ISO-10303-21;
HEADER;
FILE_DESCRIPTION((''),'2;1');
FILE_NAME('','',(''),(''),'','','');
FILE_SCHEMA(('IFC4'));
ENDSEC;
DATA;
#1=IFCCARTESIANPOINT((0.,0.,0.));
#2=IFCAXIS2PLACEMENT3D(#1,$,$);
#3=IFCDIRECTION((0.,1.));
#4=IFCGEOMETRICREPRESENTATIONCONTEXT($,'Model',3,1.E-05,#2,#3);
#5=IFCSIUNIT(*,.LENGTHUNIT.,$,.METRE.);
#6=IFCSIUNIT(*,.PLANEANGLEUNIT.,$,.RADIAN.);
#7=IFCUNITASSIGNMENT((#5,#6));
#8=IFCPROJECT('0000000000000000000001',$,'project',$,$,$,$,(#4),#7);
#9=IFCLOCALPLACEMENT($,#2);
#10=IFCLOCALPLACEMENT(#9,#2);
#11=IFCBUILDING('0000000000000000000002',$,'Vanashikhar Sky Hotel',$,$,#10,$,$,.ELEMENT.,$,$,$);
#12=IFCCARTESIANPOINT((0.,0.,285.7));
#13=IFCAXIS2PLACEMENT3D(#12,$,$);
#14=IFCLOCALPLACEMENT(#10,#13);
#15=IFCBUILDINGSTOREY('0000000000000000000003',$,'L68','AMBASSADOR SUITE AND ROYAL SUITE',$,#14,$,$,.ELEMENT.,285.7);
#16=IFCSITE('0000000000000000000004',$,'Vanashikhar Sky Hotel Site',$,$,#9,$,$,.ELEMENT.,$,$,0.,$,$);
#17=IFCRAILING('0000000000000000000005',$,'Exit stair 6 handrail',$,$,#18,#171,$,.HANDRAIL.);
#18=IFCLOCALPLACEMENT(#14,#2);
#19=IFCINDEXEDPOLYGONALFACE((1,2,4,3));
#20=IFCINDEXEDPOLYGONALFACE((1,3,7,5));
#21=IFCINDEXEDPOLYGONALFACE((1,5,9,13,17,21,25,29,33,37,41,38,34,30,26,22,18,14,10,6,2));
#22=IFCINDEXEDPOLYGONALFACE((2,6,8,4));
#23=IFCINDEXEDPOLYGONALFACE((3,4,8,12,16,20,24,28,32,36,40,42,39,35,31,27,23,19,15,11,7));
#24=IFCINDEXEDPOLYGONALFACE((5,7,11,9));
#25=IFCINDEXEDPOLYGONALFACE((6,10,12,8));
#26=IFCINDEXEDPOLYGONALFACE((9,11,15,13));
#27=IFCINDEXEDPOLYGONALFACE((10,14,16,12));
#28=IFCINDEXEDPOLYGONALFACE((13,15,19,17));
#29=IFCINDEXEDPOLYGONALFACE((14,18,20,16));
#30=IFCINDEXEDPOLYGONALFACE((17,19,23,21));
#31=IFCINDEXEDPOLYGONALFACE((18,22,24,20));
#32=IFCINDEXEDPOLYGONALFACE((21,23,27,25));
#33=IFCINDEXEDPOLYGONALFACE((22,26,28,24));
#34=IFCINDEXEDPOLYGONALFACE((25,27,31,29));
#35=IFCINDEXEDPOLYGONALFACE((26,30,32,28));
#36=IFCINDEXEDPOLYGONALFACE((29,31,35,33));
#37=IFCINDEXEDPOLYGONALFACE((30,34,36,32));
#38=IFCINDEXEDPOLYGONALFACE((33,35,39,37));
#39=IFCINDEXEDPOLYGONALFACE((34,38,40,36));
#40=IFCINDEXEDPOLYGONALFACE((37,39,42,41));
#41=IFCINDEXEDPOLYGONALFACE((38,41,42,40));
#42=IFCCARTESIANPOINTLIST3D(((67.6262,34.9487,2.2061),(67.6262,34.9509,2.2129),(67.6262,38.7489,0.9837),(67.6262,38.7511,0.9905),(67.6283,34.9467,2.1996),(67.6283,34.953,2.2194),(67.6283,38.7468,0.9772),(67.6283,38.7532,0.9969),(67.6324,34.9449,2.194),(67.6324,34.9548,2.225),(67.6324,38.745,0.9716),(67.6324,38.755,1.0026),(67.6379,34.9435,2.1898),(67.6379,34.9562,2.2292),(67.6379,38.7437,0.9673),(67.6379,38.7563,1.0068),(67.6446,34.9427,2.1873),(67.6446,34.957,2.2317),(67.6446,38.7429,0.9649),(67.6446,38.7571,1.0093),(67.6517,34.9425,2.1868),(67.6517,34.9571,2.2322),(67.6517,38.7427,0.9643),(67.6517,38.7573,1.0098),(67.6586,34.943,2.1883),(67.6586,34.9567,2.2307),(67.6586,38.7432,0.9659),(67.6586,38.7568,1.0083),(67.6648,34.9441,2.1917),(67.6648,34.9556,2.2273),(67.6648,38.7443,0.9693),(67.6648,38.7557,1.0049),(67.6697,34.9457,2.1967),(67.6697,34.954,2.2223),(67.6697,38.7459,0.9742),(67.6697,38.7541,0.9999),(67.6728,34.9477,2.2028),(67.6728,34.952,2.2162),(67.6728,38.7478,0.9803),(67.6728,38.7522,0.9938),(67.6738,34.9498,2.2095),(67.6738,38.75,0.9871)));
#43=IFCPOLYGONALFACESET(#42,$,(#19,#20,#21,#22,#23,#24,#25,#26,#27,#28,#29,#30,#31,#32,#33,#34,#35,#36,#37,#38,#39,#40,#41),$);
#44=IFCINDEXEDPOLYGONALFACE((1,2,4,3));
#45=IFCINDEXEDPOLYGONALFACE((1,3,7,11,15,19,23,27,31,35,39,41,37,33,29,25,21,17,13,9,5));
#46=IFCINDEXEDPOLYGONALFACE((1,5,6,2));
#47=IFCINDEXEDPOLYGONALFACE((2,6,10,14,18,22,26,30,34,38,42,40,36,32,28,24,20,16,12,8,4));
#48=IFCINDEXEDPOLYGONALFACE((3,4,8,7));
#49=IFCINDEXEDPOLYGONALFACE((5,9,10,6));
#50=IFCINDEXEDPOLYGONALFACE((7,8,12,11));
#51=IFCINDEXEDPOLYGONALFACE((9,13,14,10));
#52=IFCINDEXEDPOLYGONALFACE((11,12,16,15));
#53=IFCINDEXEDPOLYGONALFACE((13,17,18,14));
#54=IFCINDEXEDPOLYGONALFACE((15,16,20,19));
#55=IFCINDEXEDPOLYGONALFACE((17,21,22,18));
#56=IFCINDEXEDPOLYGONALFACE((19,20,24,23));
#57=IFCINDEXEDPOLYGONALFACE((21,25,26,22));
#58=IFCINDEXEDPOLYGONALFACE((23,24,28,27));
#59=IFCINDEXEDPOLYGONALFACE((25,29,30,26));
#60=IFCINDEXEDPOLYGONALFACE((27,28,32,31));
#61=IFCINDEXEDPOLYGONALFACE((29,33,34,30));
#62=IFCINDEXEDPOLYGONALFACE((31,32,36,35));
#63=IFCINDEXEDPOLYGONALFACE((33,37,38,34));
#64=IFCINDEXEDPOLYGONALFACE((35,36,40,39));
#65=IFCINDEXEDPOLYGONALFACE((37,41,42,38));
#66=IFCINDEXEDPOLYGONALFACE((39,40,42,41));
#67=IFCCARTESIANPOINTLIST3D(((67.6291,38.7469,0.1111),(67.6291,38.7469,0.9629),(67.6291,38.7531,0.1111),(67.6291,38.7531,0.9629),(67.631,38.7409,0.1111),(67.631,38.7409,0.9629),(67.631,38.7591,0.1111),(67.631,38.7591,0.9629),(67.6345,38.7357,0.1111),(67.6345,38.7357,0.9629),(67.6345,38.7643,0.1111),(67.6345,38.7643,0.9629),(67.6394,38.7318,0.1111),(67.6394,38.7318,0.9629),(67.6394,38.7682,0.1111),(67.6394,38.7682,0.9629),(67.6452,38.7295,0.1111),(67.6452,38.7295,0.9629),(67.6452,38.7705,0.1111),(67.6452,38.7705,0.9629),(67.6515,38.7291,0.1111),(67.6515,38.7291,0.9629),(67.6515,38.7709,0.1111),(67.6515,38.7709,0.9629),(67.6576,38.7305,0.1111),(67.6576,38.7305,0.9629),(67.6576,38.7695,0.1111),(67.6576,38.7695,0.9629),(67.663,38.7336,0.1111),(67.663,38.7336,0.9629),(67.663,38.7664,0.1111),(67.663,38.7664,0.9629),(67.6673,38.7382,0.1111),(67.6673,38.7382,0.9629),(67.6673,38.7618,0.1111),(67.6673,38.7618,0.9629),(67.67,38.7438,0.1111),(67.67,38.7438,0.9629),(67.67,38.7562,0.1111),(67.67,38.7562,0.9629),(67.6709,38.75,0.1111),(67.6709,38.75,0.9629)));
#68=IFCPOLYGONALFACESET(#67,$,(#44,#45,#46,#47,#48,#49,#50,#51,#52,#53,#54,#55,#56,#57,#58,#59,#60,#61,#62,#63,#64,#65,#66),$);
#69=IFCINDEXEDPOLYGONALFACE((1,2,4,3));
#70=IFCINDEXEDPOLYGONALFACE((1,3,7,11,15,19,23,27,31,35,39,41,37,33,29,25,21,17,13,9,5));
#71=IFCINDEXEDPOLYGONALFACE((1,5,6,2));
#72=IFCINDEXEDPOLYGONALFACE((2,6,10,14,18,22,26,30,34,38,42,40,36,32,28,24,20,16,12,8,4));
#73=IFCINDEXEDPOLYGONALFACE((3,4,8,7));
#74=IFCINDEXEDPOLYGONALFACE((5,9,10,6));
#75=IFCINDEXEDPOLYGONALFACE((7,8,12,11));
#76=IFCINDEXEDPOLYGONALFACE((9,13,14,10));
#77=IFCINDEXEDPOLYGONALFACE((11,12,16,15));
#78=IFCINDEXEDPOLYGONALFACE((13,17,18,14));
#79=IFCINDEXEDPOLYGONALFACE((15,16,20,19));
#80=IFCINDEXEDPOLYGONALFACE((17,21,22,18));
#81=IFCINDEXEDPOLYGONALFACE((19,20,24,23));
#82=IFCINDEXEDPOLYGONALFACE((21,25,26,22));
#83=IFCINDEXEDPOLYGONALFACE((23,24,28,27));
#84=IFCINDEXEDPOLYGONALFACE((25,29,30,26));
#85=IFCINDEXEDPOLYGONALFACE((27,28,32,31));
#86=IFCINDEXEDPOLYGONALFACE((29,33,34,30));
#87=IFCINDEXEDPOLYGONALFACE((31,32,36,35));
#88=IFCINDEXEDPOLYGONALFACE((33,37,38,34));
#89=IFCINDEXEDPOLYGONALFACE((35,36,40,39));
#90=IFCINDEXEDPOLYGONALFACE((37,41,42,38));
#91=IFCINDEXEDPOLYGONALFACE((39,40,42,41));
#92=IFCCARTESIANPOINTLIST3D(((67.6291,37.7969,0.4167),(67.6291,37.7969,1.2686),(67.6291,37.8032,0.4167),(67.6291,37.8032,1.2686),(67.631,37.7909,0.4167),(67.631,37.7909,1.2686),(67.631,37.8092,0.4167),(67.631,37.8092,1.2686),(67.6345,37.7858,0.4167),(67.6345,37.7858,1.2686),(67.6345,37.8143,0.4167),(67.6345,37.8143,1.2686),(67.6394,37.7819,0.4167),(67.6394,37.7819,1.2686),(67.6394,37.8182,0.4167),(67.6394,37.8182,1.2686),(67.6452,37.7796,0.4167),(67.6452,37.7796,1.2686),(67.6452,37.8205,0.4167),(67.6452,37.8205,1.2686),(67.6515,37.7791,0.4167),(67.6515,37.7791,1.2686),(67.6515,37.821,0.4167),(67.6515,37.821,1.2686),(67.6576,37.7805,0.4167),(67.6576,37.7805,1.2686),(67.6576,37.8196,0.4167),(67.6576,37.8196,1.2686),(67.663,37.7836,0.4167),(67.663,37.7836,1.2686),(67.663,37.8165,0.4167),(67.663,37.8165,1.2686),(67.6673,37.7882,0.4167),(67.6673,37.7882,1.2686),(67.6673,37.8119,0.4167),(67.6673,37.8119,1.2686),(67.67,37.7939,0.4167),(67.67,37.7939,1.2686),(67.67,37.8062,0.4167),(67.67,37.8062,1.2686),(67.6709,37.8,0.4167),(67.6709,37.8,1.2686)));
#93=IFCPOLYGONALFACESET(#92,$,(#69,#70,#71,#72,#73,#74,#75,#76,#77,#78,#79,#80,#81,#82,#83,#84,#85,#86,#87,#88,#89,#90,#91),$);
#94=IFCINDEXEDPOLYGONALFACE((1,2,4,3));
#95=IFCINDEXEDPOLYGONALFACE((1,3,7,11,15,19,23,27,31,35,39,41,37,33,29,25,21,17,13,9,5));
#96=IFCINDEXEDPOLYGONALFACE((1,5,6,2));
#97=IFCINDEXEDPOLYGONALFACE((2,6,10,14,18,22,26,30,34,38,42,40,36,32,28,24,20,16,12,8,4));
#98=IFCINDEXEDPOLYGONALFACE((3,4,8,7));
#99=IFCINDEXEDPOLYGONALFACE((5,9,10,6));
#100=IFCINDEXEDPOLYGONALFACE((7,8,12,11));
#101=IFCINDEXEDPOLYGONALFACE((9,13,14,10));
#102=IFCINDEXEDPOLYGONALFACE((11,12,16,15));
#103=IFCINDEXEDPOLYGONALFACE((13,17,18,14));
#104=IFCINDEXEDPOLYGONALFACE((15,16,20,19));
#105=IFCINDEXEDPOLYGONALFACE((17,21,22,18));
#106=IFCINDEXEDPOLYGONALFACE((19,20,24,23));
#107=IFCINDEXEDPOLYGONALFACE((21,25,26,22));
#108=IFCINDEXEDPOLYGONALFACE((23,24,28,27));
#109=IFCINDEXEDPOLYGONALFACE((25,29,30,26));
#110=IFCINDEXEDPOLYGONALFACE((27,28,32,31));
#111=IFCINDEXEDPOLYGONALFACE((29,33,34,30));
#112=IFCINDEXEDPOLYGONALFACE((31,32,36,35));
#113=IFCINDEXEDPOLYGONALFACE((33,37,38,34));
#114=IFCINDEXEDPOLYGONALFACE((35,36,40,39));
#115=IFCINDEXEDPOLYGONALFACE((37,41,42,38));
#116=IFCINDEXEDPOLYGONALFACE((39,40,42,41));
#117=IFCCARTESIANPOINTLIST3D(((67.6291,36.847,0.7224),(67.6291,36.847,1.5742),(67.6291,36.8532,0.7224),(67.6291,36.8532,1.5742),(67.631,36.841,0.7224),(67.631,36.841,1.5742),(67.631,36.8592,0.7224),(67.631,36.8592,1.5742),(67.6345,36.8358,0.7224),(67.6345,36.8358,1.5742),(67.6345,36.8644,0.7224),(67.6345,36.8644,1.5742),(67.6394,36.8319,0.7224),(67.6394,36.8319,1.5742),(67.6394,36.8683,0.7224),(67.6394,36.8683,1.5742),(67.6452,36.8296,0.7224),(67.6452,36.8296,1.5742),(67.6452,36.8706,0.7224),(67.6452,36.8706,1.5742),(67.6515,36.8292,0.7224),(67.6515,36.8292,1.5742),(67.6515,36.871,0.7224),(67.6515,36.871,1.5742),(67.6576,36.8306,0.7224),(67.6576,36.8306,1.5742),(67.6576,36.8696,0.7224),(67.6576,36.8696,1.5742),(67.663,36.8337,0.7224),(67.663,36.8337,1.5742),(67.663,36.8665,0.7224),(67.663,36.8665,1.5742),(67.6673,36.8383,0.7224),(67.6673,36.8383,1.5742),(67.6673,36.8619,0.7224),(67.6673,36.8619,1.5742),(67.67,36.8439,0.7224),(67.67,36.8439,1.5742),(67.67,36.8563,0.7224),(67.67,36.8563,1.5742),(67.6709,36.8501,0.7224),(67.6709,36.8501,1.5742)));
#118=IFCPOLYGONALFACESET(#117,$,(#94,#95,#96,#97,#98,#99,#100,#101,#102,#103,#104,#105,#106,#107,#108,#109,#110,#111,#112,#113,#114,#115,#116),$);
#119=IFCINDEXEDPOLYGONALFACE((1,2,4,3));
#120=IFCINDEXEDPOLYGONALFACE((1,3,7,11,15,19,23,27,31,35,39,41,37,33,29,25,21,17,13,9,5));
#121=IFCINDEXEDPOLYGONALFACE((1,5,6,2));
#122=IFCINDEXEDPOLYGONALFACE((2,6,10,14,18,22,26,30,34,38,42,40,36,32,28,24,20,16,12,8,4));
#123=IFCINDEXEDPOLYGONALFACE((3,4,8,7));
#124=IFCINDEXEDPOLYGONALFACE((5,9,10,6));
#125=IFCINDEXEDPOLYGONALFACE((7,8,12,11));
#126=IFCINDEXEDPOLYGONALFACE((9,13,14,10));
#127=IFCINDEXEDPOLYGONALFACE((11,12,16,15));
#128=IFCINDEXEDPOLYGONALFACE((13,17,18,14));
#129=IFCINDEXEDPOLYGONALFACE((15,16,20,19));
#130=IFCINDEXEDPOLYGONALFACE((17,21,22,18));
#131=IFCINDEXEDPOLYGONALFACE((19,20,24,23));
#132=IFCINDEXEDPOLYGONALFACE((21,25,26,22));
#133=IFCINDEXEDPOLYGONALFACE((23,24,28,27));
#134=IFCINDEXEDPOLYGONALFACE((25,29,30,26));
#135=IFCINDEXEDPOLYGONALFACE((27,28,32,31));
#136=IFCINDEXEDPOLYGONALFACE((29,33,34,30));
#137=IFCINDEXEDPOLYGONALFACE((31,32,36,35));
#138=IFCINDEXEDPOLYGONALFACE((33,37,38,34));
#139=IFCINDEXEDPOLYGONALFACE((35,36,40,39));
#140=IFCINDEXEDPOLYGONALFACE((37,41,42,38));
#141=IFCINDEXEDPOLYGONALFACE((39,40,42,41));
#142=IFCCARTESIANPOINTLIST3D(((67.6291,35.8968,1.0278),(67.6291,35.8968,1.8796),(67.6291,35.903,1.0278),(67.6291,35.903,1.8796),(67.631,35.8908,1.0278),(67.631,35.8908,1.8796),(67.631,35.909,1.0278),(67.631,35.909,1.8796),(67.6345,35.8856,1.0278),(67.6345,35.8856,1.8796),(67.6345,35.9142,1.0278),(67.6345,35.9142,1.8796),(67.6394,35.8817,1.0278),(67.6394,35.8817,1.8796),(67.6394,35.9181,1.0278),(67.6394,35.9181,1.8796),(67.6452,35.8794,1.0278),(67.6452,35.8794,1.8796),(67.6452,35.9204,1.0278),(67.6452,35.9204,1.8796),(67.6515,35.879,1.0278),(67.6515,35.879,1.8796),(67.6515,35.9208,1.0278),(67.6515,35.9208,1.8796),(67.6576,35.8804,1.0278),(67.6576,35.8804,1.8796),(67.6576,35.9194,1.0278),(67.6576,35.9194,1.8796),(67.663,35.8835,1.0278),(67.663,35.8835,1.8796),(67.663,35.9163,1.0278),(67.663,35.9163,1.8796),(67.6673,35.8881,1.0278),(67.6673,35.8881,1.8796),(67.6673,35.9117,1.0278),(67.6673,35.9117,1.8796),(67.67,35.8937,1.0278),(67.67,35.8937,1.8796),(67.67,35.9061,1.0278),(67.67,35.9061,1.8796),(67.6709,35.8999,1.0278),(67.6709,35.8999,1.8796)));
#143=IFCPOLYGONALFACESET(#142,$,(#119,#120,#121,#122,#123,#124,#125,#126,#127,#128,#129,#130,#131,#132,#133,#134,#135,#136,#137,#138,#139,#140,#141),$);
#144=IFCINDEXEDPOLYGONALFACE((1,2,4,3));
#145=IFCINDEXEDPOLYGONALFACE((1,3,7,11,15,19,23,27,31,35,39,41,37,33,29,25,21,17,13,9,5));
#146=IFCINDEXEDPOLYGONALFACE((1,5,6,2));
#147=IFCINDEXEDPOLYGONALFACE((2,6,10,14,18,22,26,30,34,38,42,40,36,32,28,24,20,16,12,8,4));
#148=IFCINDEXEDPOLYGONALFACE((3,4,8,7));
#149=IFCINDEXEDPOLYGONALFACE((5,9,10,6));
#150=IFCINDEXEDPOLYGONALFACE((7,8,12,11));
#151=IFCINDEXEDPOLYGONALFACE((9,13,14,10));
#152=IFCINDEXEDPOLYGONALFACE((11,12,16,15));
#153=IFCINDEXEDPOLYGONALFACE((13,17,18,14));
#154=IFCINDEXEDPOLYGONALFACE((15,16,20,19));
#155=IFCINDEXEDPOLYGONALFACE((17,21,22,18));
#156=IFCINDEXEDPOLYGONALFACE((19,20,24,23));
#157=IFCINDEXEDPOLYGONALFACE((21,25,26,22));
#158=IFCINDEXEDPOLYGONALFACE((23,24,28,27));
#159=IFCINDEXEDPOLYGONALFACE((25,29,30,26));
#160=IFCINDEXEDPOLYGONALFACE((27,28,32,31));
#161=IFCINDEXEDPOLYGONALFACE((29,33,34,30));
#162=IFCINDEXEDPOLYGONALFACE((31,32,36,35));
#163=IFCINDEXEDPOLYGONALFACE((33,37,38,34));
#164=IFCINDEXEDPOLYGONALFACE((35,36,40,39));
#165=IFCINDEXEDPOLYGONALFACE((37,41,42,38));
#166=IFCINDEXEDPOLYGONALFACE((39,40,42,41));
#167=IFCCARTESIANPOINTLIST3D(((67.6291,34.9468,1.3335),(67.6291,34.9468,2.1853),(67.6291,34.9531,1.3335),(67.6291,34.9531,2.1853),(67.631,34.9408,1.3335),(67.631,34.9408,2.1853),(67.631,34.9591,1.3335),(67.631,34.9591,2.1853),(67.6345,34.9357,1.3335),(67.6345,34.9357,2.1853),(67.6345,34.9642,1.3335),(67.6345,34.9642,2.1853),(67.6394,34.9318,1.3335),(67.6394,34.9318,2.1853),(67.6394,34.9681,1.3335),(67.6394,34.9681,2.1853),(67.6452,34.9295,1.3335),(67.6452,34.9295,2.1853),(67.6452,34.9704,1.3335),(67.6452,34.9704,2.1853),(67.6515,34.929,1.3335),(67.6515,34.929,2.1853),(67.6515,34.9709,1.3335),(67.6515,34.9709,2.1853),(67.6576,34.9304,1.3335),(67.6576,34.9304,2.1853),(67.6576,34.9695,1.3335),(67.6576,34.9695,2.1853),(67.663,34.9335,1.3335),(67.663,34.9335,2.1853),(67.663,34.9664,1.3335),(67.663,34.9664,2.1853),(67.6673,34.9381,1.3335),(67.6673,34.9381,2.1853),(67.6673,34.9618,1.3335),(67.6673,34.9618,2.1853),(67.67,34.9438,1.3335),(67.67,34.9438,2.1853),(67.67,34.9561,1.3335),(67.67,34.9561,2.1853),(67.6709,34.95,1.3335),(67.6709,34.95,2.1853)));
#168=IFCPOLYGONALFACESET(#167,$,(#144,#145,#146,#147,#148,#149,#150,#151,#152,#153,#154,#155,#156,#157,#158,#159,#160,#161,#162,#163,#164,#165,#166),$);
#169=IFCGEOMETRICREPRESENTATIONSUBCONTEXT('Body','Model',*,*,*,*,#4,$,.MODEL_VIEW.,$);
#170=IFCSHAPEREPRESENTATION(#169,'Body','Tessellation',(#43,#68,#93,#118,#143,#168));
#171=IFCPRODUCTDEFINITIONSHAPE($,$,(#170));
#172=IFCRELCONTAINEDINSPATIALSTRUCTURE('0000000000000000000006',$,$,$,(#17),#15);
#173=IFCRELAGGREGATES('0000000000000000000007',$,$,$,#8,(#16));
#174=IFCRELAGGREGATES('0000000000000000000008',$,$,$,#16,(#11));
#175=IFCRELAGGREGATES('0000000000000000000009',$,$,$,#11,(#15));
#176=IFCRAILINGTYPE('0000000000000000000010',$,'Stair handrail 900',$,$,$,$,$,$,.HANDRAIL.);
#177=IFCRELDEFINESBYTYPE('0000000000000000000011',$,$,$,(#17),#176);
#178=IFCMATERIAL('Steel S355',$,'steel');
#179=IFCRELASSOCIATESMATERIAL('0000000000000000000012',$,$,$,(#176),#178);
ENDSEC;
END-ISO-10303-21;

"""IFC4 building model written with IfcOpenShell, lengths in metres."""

from ifc_helpers import new_model, si_unit, direction, frame, origin, origin_2d, place, context, subcontext, project, spatial, circle, extrude, source, transform, mapped, material, type_object, element, save


model = new_model("IFC4")

# Units and contexts
model_context = context("Model", 3, precision=1e-05, world=origin(), true_north=direction((0.0, 1.0)))
body_context = subcontext(model_context, "Body", "Model", "MODEL_VIEW")
ifc_project = project(units=[si_unit("LENGTHUNIT", "METRE"), si_unit("PLANEANGLEUNIT", "RADIAN")], contexts=[model_context])

# Site, building, storey
site_placement = place(None, origin())
site = spatial("IfcSite", under=ifc_project, at=site_placement, Name="Vanashikhar Sky Hotel Site", CompositionType="ELEMENT", RefElevation=0.0)
building_placement = place(site_placement, origin())
building = spatial("IfcBuilding", under=site, at=building_placement, Name="Vanashikhar Sky Hotel", CompositionType="ELEMENT")
storey_placement = place(building_placement, frame((0.0, 0.0, 285.7)))
storey = spatial("IfcBuildingStorey", under=building, at=storey_placement, Name="L68", Description="AMBASSADOR SUITE AND ROYAL SUITE", CompositionType="ELEMENT", Elevation=285.7)

# Railing
ifc_material_1 = material(Name="Steel S355", Category="steel")
railing_type_1 = type_object("IfcRailingType", Name="Stair handrail 900", PredefinedType="HANDRAIL", material=ifc_material_1)
shared_shape_1 = source(origin(), body_context, "Body", "SweptSolid", [
    extrude(circle(Radius=0.0239, at=origin_2d()), frame((0.0, 0.0, 0.876), z_axis=(0.0, -0.951958, 0.306229), x_axis=(1.0, 0.0, 0.0)), (0.0, 0.0, 1.0), 3.9919),
    extrude(circle(Radius=0.021, at=origin_2d()), origin(), (0.0, 0.0, 1.0), 0.8518),
    extrude(circle(Radius=0.021, at=origin_2d()), frame((0.0, -0.95, 0.3057)), (0.0, 0.0, 1.0), 0.8518),
    extrude(circle(Radius=0.021, at=origin_2d()), frame((0.0, -1.8999, 0.6113)), (0.0, 0.0, 1.0), 0.8518),
    extrude(circle(Radius=0.021, at=origin_2d()), frame((0.0, -2.8501, 0.9167)), (0.0, 0.0, 1.0), 0.8518),
    extrude(circle(Radius=0.021, at=origin_2d()), frame((0.0, -3.8, 1.2224)), (0.0, 0.0, 1.0), 0.8518),
])
for number, where, name in (
    (1, (67.6499, 38.75, 0.1111), "Exit stair 6 handrail"),
):
    element("IfcRailing", number, at=place(storey_placement, frame(where)), inside=storey, type_object=railing_type_1, Name=name, PredefinedType="HANDRAIL", context=body_context, shape_type="MappedRepresentation", body=[
        mapped(shared_shape_1, transform((0.0, 0.0, 0.0), scale=1.0)),
    ])

save(model, "model.ifc")
